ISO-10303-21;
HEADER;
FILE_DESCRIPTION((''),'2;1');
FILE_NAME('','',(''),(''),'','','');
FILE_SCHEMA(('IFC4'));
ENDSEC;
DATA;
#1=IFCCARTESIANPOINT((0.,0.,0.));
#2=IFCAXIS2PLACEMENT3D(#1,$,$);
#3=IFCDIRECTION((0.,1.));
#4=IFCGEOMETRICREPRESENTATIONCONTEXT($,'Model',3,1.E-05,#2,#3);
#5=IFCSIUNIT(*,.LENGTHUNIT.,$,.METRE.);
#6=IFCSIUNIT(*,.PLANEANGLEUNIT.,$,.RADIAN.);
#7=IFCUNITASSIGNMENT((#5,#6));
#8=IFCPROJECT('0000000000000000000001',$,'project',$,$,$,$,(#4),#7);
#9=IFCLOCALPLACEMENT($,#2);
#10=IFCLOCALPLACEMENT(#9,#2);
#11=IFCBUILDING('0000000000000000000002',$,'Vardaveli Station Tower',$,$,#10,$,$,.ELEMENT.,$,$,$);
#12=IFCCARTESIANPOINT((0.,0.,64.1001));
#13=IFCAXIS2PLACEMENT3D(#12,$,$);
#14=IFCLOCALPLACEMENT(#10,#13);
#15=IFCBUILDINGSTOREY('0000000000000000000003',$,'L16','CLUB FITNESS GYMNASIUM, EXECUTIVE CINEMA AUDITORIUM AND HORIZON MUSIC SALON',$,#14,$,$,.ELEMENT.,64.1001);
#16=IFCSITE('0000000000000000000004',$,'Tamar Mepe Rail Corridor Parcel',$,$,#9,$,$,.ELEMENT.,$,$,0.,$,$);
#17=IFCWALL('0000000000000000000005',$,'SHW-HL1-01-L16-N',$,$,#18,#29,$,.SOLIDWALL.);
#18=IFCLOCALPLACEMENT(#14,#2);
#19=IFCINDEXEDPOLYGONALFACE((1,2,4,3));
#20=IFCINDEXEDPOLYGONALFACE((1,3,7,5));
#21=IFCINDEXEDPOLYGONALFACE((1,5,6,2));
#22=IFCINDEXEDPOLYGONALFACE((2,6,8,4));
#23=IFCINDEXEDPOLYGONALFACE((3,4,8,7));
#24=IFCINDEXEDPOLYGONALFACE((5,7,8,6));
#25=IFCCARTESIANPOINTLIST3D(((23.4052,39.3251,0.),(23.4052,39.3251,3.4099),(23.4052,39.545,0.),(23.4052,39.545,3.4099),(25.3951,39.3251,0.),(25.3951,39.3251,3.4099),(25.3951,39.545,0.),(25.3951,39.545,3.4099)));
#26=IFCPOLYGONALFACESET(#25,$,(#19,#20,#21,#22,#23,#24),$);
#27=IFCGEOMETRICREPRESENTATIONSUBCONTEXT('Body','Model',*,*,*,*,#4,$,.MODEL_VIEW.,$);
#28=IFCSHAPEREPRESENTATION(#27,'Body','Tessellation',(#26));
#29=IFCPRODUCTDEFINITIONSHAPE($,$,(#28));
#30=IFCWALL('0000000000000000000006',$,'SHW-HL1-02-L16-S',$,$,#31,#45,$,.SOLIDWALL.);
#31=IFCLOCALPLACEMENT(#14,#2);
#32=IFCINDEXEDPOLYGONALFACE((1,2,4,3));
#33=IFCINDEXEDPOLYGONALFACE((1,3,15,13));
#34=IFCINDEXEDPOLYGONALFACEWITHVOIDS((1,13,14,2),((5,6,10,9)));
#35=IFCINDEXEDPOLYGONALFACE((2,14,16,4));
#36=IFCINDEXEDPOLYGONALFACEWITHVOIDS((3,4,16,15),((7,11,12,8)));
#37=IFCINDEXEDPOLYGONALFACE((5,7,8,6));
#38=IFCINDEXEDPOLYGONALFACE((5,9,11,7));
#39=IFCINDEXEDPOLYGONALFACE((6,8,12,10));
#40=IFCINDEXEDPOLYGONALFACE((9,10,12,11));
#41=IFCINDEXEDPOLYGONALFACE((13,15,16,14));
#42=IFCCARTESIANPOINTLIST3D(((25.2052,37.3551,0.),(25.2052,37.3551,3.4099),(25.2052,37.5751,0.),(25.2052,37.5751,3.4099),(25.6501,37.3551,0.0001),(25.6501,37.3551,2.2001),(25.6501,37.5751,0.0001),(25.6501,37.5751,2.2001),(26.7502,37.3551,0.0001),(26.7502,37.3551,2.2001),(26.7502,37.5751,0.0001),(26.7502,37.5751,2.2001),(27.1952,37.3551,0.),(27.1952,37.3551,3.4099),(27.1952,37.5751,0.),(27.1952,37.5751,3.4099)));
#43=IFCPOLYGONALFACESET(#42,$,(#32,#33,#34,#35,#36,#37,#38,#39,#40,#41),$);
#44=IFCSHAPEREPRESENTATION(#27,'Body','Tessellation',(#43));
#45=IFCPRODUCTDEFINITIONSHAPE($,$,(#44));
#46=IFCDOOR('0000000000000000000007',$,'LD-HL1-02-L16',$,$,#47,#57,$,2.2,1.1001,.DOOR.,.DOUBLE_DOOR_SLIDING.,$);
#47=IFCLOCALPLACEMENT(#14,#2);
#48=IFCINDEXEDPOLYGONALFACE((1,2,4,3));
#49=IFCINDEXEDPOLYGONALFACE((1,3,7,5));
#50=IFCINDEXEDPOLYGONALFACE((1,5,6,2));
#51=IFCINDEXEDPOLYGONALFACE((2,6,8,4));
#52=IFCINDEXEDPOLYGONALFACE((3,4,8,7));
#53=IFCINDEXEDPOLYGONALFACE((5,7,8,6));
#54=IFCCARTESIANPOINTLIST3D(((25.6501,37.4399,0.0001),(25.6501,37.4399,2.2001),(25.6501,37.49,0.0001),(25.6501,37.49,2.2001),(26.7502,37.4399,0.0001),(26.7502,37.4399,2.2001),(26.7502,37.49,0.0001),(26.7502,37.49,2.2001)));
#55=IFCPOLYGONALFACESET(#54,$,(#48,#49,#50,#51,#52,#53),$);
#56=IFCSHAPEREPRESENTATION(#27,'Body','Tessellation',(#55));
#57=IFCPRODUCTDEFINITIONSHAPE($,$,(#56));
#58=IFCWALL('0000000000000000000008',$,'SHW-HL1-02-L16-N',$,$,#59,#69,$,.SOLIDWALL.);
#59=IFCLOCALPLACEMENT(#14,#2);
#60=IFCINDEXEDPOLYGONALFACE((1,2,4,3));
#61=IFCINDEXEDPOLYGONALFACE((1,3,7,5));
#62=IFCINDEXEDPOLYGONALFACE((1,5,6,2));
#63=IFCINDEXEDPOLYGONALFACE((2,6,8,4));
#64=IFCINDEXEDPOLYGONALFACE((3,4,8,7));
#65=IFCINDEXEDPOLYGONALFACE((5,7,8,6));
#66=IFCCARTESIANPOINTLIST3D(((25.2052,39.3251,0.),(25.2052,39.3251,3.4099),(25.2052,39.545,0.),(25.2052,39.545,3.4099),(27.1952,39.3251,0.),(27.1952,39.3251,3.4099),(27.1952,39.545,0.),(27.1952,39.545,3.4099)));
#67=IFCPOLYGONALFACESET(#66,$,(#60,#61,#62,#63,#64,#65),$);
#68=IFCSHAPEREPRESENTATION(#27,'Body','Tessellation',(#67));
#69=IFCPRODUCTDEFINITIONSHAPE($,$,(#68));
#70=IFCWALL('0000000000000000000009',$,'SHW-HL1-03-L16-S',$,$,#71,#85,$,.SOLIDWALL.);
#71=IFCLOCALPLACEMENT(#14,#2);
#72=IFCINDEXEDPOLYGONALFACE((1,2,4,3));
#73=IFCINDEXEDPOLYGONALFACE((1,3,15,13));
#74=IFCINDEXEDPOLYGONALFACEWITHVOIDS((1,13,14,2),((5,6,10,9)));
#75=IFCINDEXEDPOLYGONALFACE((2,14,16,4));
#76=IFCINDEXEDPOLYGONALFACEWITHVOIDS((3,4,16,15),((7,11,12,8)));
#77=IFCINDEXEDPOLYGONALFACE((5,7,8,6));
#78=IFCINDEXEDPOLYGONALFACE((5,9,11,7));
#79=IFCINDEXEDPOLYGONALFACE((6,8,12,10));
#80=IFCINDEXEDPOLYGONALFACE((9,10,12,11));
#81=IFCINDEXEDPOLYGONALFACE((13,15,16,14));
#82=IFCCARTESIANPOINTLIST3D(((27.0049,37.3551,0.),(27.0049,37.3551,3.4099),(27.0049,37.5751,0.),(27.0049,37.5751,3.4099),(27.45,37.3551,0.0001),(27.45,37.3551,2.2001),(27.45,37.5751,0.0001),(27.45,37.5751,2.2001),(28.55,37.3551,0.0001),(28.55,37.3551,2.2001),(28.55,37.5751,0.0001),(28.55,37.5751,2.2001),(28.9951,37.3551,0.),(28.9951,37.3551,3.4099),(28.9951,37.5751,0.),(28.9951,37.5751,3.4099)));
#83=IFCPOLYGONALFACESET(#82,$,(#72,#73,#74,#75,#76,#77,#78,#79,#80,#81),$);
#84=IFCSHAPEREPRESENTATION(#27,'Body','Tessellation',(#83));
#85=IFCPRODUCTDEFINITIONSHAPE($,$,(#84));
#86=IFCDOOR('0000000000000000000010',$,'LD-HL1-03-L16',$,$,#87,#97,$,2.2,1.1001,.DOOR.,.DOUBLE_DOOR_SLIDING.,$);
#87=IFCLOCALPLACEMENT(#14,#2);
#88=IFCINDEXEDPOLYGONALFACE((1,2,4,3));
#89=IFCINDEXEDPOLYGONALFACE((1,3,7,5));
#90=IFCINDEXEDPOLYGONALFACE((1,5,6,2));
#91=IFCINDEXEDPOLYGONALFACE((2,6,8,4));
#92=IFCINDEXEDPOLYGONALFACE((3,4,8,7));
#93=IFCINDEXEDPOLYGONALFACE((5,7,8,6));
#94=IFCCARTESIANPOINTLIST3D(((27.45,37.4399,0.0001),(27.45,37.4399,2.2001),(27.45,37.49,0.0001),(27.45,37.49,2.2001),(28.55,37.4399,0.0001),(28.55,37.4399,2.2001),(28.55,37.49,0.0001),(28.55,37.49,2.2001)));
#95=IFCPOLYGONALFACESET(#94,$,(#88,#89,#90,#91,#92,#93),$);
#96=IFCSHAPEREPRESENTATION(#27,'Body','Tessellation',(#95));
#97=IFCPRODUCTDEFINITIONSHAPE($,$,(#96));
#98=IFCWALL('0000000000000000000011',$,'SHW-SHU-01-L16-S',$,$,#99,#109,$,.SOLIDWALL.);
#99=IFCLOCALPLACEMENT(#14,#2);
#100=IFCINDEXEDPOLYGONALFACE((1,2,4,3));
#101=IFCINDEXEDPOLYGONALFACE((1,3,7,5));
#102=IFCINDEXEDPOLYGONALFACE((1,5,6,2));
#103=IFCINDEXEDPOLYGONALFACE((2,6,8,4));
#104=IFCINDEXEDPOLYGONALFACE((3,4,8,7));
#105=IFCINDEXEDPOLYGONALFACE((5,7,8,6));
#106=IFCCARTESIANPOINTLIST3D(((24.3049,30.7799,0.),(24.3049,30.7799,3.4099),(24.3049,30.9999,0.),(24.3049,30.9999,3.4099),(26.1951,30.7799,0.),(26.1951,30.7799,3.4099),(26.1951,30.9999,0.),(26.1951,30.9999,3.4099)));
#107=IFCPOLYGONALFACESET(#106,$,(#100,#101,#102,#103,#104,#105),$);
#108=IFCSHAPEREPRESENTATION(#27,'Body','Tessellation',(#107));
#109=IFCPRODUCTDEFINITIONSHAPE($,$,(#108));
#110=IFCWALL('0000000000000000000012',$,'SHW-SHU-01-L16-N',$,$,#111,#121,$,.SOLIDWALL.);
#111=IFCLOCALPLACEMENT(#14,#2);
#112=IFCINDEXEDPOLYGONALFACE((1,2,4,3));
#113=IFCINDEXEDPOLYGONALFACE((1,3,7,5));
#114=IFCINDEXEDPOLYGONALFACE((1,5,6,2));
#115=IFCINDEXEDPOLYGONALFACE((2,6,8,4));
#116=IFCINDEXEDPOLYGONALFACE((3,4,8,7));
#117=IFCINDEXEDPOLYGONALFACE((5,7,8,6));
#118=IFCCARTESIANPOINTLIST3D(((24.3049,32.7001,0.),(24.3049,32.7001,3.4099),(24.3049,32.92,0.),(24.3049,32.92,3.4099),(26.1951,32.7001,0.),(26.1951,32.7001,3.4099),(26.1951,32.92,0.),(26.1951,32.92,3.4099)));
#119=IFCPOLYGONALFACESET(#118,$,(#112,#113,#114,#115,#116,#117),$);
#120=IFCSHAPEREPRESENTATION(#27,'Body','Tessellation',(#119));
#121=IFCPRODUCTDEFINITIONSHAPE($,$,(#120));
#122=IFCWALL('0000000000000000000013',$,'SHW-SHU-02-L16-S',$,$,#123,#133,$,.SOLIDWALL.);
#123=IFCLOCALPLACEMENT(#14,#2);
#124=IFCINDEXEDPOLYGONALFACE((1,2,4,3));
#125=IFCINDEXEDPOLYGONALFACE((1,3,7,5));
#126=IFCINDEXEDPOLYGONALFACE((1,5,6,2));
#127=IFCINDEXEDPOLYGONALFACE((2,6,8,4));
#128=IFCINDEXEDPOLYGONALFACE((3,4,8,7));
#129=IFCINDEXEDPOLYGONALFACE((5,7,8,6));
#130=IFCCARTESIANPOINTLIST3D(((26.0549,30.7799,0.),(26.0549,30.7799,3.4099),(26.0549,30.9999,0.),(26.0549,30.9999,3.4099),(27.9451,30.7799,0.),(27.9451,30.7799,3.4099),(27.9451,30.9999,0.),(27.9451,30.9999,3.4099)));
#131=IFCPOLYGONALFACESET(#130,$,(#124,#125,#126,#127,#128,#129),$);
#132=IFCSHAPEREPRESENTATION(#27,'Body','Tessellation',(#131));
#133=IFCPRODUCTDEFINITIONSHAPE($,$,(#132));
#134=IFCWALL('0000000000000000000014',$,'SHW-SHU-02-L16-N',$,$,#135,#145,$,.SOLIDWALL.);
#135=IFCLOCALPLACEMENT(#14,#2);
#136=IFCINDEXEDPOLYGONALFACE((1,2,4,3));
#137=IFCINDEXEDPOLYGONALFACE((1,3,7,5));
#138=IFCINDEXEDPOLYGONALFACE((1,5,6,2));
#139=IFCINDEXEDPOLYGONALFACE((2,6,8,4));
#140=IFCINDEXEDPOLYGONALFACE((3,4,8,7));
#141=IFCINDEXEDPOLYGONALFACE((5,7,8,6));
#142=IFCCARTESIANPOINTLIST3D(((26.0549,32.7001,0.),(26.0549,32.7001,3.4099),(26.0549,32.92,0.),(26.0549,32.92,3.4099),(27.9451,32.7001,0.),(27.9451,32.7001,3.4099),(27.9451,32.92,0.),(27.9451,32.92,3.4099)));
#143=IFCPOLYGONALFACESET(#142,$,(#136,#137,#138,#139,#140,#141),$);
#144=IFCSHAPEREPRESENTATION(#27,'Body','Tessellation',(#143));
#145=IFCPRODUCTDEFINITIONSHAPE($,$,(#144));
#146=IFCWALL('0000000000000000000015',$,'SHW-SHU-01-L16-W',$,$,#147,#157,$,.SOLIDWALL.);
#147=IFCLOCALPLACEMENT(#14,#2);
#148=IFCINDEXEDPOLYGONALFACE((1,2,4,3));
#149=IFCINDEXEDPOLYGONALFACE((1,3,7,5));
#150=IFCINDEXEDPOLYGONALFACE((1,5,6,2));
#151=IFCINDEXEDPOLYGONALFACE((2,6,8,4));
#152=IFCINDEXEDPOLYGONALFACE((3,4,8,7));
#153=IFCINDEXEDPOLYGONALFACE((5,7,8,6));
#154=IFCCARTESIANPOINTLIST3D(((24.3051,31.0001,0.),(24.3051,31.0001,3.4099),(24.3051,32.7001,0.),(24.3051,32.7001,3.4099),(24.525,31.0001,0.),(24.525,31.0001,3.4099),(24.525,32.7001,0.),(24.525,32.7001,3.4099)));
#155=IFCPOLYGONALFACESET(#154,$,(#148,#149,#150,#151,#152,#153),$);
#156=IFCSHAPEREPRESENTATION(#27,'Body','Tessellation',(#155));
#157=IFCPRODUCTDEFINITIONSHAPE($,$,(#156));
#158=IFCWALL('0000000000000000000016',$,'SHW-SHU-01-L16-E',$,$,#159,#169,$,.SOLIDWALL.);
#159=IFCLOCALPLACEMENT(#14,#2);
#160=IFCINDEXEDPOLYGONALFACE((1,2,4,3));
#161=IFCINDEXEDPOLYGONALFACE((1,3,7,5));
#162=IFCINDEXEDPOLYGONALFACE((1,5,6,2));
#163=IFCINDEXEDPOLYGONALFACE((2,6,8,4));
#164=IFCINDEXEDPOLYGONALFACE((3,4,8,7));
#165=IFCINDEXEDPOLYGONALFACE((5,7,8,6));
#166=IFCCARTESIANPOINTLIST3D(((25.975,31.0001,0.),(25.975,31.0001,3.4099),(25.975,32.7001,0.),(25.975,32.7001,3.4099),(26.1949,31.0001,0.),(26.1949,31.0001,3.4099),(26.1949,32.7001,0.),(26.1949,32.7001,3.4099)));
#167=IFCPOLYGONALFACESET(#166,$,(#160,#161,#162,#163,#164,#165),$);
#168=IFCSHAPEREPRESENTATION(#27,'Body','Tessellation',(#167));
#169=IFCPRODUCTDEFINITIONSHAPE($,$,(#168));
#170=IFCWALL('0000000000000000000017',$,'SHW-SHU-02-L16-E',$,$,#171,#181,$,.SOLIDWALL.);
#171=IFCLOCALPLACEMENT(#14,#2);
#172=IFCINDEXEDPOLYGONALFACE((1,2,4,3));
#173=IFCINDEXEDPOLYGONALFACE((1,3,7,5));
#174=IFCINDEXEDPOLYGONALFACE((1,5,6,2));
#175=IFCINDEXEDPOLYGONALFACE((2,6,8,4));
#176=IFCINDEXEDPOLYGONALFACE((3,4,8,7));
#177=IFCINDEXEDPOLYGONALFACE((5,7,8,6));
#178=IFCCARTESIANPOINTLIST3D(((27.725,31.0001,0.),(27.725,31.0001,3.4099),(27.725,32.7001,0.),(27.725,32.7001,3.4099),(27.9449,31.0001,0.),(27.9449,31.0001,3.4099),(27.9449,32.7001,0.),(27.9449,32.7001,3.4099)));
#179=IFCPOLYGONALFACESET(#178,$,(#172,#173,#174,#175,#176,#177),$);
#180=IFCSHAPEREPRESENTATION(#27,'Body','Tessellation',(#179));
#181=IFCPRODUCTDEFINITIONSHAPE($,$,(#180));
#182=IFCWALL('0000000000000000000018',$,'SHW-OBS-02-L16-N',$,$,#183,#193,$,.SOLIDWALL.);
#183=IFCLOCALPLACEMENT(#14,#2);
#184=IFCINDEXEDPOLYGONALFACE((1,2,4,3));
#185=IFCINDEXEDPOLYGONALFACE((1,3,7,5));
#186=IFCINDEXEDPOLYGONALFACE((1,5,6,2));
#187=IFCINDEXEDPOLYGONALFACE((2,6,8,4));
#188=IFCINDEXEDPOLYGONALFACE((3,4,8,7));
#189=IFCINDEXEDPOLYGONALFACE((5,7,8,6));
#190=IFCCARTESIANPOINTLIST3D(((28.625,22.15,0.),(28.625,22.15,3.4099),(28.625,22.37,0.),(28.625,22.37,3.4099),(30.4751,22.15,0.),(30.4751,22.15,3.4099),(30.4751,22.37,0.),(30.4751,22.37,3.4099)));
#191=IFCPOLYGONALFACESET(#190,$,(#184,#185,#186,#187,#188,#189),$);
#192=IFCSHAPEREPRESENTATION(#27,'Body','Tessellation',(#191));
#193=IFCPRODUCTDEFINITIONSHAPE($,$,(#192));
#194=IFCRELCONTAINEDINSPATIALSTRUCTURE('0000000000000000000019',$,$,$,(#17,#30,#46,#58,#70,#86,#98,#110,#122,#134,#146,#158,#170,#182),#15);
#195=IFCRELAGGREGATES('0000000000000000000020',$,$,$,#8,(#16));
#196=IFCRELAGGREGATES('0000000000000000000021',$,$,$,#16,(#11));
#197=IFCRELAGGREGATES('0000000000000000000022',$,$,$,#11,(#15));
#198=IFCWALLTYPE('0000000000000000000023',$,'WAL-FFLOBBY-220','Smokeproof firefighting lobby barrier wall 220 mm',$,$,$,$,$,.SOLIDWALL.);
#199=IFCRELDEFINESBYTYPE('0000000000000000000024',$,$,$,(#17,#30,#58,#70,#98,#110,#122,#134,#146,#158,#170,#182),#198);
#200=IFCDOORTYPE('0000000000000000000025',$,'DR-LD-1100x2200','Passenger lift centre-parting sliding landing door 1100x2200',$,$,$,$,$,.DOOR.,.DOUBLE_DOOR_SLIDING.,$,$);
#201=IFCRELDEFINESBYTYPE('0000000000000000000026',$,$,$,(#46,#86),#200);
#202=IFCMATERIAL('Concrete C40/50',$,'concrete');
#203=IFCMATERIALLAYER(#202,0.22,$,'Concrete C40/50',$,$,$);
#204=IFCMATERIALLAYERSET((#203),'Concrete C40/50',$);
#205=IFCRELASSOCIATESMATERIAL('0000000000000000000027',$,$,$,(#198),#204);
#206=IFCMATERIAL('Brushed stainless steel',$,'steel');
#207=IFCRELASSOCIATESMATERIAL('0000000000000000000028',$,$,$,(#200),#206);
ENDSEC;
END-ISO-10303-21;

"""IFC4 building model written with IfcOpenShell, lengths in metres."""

from ifc_helpers import new_model, si_unit, direction, frame, frame_2d, origin, place, context, subcontext, project, spatial, rectangle, extrude, source, transform, mapped, material, layer, layer_set, type_object, element, fill, save


model = new_model("IFC4")

# Units and contexts
model_context = context("Model", 3, precision=1e-05, world=origin(), true_north=direction((0.0, 1.0)))
body_context = subcontext(model_context, "Body", "Model", "MODEL_VIEW")
ifc_project = project(units=[si_unit("LENGTHUNIT", "METRE"), si_unit("PLANEANGLEUNIT", "RADIAN")], contexts=[model_context])

# Site, building, storey
site_placement = place(None, origin())
site = spatial("IfcSite", under=ifc_project, at=site_placement, Name="Tamar Mepe Rail Corridor Parcel", CompositionType="ELEMENT", RefElevation=0.0)
building_placement = place(site_placement, origin())
building = spatial("IfcBuilding", under=site, at=building_placement, Name="Vardaveli Station Tower", CompositionType="ELEMENT")
storey_placement = place(building_placement, frame((0.0, 0.0, 64.1001)))
storey = spatial("IfcBuildingStorey", under=building, at=storey_placement, Name="L16", Description="CLUB FITNESS GYMNASIUM, EXECUTIVE CINEMA AUDITORIUM AND HORIZON MUSIC SALON", CompositionType="ELEMENT", Elevation=64.1001)

# Shared definitions
ifc_material_1 = material(Name="Concrete C40/50", Category="concrete")
ifc_layer_1 = layer(ifc_material_1, 0.22, Name="Concrete C40/50")
ifc_layer_set_1 = layer_set([ifc_layer_1], Name="Concrete C40/50")
wall_type_1 = type_object("IfcWallType", Name="WAL-FFLOBBY-220", Description="Smokeproof firefighting lobby barrier wall 220 mm", PredefinedType="SOLIDWALL", material=ifc_layer_set_1)

# Shared definitions
shared_shape_1 = source(origin(), body_context, "Body", "SweptSolid", [
    extrude(rectangle(XDim=1.99, YDim=0.22, at=frame_2d((0.9951, 0.0))), origin(), (0.0, 0.0, 1.0), 3.4099),
])
shared_shape_2 = source(origin(), body_context, "Body", "SweptSolid", [
    extrude(rectangle(XDim=1.1001, YDim=2.2, at=frame_2d((0.55, 1.1001))), frame((0.0, 0.1201, 0.0), z_axis=(0.0, -1.0, 0.0), x_axis=(1.0, 0.0, 0.0)), (0.0, 0.0, 1.0), 0.24),
])
ifc_material_2 = material(Name="Brushed stainless steel", Category="steel")
door_type = type_object("IfcDoorType", Name="DR-LD-1100x2200", Description="Passenger lift centre-parting sliding landing door 1100x2200", OperationType="DOUBLE_DOOR_SLIDING", PredefinedType="DOOR", material=ifc_material_2)
shared_shape_3 = source(origin(), body_context, "Body", "SweptSolid", [
    extrude(rectangle(XDim=1.1001, YDim=2.2, at=frame_2d((0.55, 1.1001))), frame((0.0, 0.0249, 0.0), z_axis=(0.0, -1.0, 0.0), x_axis=(1.0, 0.0, 0.0)), (0.0, 0.0, 1.0), 0.05),
])

# Wall
wall_1_placement = place(storey_placement, frame((23.405, 39.4351, 0.0), z_axis=(0.0, 0.0, 1.0), x_axis=(1.0, 0.0, 0.0)))
element("IfcWall", 1, at=wall_1_placement, inside=storey, type_object=wall_type_1, Name="SHW-HL1-01-L16-N", PredefinedType="SOLIDWALL", context=body_context, shape_type="MappedRepresentation", body=[
    mapped(shared_shape_1, transform((0.0, 0.0, 0.0), scale=1.0)),
])

# Wall, opening, door
wall_2_placement = place(storey_placement, frame((25.2051, 37.4651, 0.0), z_axis=(0.0, 0.0, 1.0), x_axis=(1.0, 0.0, 0.0)))
wall_2 = element("IfcWall", 2, at=wall_2_placement, inside=storey, type_object=wall_type_1, Name="SHW-HL1-02-L16-S", PredefinedType="SOLIDWALL", context=body_context, shape_type="MappedRepresentation", body=[
    mapped(shared_shape_1, transform((0.0, 0.0, 0.0), scale=1.0)),
])
opening_1_placement = place(wall_2_placement, frame((0.4451, 0.0, 0.0)))
opening_1 = element("IfcOpeningElement", 3, at=opening_1_placement, cuts=wall_2, PredefinedType="OPENING", context=body_context, shape_type="MappedRepresentation", body=[
    mapped(shared_shape_2, transform((0.0, 0.0, 0.0), scale=1.0)),
])
door_1_placement = place(opening_1_placement, origin())
door_1 = element("IfcDoor", 4, at=door_1_placement, inside=storey, type_object=door_type, Name="LD-HL1-02-L16", OperationType="DOUBLE_DOOR_SLIDING", OverallHeight=2.2, OverallWidth=1.1001, PredefinedType="DOOR", context=body_context, shape_type="MappedRepresentation", body=[
    mapped(shared_shape_3, transform((0.0, 0.0, 0.0), scale=1.0)),
])
fill(opening_1, door_1)

# Wall
wall_3_placement = place(storey_placement, frame((25.2051, 39.4351, 0.0), z_axis=(0.0, 0.0, 1.0), x_axis=(1.0, 0.0, 0.0)))
element("IfcWall", 5, at=wall_3_placement, inside=storey, type_object=wall_type_1, Name="SHW-HL1-02-L16-N", PredefinedType="SOLIDWALL", context=body_context, shape_type="MappedRepresentation", body=[
    mapped(shared_shape_1, transform((0.0, 0.0, 0.0), scale=1.0)),
])

# Wall, opening, door
shared_shape_4 = source(origin(), body_context, "Body", "SweptSolid", [
    extrude(rectangle(XDim=1.9902, YDim=0.22, at=frame_2d((0.9951, 0.0))), origin(), (0.0, 0.0, 1.0), 3.4099),
])
wall_4_placement = place(storey_placement, frame((27.0049, 37.4651, 0.0), z_axis=(0.0, 0.0, 1.0), x_axis=(1.0, 0.0, 0.0)))
wall_4 = element("IfcWall", 6, at=wall_4_placement, inside=storey, type_object=wall_type_1, Name="SHW-HL1-03-L16-S", PredefinedType="SOLIDWALL", context=body_context, shape_type="MappedRepresentation", body=[
    mapped(shared_shape_4, transform((0.0, 0.0, 0.0), scale=1.0)),
])
opening_2_placement = place(wall_4_placement, frame((0.4451, 0.0, 0.0)))
opening_2 = element("IfcOpeningElement", 7, at=opening_2_placement, cuts=wall_4, PredefinedType="OPENING", context=body_context, shape_type="MappedRepresentation", body=[
    mapped(shared_shape_2, transform((0.0, 0.0, 0.0), scale=1.0)),
])
door_2_placement = place(opening_2_placement, origin())
door_2 = element("IfcDoor", 8, at=door_2_placement, inside=storey, type_object=door_type, Name="LD-HL1-03-L16", OperationType="DOUBLE_DOOR_SLIDING", OverallHeight=2.2, OverallWidth=1.1001, PredefinedType="DOOR", context=body_context, shape_type="MappedRepresentation", body=[
    mapped(shared_shape_3, transform((0.0, 0.0, 0.0), scale=1.0)),
])
fill(opening_2, door_2)

# Walls
shared_shape_5 = source(origin(), body_context, "Body", "SweptSolid", [
    extrude(rectangle(XDim=1.8901, YDim=0.22, at=frame_2d((0.9451, 0.0))), origin(), (0.0, 0.0, 1.0), 3.4099),
])
for number, where, z_axis, x_axis, name in (
    (9, (24.3049, 30.8899, 0.0), (0.0, 0.0, 1.0), (1.0, 0.0, 0.0), "SHW-SHU-01-L16-S"),
    (10, (24.3049, 32.8101, 0.0), (0.0, 0.0, 1.0), (1.0, 0.0, 0.0), "SHW-SHU-01-L16-N"),
    (11, (26.0549, 30.8899, 0.0), (0.0, 0.0, 1.0), (1.0, 0.0, 0.0), "SHW-SHU-02-L16-S"),
    (12, (26.0549, 32.8101, 0.0), (0.0, 0.0, 1.0), (1.0, 0.0, 0.0), "SHW-SHU-02-L16-N"),
):
    element("IfcWall", number, at=place(storey_placement, frame(where, z_axis=z_axis, x_axis=x_axis)), inside=storey, type_object=wall_type_1, Name=name, PredefinedType="SOLIDWALL", context=body_context, shape_type="MappedRepresentation", body=[
        mapped(shared_shape_5, transform((0.0, 0.0, 0.0), scale=1.0)),
    ])
shared_shape_6 = source(origin(), body_context, "Body", "SweptSolid", [
    extrude(rectangle(XDim=1.7, YDim=0.22, at=frame_2d((0.8501, 0.0))), origin(), (0.0, 0.0, 1.0), 3.4099),
])
for number, where, z_axis, x_axis, name in (
    (13, (24.415, 31.0, 0.0), (0.0, 0.0, 1.0), (0.0, 1.0, 0.0), "SHW-SHU-01-L16-W"),
    (14, (26.085, 31.0, 0.0), (0.0, 0.0, 1.0), (0.0, 1.0, 0.0), "SHW-SHU-01-L16-E"),
    (15, (27.835, 31.0, 0.0), (0.0, 0.0, 1.0), (0.0, 1.0, 0.0), "SHW-SHU-02-L16-E"),
):
    element("IfcWall", number, at=place(storey_placement, frame(where, z_axis=z_axis, x_axis=x_axis)), inside=storey, type_object=wall_type_1, Name=name, PredefinedType="SOLIDWALL", context=body_context, shape_type="MappedRepresentation", body=[
        mapped(shared_shape_6, transform((0.0, 0.0, 0.0), scale=1.0)),
    ])
shared_shape_7 = source(origin(), body_context, "Body", "SweptSolid", [
    extrude(rectangle(XDim=1.8501, YDim=0.22, at=frame_2d((0.925, 0.0))), origin(), (0.0, 0.0, 1.0), 3.4099),
])
wall_5_placement = place(storey_placement, frame((28.625, 22.26, 0.0), z_axis=(0.0, 0.0, 1.0), x_axis=(1.0, 0.0, 0.0)))
element("IfcWall", 16, at=wall_5_placement, inside=storey, type_object=wall_type_1, Name="SHW-OBS-02-L16-N", PredefinedType="SOLIDWALL", context=body_context, shape_type="MappedRepresentation", body=[
    mapped(shared_shape_7, transform((0.0, 0.0, 0.0), scale=1.0)),
])

save(model, "model.ifc")
